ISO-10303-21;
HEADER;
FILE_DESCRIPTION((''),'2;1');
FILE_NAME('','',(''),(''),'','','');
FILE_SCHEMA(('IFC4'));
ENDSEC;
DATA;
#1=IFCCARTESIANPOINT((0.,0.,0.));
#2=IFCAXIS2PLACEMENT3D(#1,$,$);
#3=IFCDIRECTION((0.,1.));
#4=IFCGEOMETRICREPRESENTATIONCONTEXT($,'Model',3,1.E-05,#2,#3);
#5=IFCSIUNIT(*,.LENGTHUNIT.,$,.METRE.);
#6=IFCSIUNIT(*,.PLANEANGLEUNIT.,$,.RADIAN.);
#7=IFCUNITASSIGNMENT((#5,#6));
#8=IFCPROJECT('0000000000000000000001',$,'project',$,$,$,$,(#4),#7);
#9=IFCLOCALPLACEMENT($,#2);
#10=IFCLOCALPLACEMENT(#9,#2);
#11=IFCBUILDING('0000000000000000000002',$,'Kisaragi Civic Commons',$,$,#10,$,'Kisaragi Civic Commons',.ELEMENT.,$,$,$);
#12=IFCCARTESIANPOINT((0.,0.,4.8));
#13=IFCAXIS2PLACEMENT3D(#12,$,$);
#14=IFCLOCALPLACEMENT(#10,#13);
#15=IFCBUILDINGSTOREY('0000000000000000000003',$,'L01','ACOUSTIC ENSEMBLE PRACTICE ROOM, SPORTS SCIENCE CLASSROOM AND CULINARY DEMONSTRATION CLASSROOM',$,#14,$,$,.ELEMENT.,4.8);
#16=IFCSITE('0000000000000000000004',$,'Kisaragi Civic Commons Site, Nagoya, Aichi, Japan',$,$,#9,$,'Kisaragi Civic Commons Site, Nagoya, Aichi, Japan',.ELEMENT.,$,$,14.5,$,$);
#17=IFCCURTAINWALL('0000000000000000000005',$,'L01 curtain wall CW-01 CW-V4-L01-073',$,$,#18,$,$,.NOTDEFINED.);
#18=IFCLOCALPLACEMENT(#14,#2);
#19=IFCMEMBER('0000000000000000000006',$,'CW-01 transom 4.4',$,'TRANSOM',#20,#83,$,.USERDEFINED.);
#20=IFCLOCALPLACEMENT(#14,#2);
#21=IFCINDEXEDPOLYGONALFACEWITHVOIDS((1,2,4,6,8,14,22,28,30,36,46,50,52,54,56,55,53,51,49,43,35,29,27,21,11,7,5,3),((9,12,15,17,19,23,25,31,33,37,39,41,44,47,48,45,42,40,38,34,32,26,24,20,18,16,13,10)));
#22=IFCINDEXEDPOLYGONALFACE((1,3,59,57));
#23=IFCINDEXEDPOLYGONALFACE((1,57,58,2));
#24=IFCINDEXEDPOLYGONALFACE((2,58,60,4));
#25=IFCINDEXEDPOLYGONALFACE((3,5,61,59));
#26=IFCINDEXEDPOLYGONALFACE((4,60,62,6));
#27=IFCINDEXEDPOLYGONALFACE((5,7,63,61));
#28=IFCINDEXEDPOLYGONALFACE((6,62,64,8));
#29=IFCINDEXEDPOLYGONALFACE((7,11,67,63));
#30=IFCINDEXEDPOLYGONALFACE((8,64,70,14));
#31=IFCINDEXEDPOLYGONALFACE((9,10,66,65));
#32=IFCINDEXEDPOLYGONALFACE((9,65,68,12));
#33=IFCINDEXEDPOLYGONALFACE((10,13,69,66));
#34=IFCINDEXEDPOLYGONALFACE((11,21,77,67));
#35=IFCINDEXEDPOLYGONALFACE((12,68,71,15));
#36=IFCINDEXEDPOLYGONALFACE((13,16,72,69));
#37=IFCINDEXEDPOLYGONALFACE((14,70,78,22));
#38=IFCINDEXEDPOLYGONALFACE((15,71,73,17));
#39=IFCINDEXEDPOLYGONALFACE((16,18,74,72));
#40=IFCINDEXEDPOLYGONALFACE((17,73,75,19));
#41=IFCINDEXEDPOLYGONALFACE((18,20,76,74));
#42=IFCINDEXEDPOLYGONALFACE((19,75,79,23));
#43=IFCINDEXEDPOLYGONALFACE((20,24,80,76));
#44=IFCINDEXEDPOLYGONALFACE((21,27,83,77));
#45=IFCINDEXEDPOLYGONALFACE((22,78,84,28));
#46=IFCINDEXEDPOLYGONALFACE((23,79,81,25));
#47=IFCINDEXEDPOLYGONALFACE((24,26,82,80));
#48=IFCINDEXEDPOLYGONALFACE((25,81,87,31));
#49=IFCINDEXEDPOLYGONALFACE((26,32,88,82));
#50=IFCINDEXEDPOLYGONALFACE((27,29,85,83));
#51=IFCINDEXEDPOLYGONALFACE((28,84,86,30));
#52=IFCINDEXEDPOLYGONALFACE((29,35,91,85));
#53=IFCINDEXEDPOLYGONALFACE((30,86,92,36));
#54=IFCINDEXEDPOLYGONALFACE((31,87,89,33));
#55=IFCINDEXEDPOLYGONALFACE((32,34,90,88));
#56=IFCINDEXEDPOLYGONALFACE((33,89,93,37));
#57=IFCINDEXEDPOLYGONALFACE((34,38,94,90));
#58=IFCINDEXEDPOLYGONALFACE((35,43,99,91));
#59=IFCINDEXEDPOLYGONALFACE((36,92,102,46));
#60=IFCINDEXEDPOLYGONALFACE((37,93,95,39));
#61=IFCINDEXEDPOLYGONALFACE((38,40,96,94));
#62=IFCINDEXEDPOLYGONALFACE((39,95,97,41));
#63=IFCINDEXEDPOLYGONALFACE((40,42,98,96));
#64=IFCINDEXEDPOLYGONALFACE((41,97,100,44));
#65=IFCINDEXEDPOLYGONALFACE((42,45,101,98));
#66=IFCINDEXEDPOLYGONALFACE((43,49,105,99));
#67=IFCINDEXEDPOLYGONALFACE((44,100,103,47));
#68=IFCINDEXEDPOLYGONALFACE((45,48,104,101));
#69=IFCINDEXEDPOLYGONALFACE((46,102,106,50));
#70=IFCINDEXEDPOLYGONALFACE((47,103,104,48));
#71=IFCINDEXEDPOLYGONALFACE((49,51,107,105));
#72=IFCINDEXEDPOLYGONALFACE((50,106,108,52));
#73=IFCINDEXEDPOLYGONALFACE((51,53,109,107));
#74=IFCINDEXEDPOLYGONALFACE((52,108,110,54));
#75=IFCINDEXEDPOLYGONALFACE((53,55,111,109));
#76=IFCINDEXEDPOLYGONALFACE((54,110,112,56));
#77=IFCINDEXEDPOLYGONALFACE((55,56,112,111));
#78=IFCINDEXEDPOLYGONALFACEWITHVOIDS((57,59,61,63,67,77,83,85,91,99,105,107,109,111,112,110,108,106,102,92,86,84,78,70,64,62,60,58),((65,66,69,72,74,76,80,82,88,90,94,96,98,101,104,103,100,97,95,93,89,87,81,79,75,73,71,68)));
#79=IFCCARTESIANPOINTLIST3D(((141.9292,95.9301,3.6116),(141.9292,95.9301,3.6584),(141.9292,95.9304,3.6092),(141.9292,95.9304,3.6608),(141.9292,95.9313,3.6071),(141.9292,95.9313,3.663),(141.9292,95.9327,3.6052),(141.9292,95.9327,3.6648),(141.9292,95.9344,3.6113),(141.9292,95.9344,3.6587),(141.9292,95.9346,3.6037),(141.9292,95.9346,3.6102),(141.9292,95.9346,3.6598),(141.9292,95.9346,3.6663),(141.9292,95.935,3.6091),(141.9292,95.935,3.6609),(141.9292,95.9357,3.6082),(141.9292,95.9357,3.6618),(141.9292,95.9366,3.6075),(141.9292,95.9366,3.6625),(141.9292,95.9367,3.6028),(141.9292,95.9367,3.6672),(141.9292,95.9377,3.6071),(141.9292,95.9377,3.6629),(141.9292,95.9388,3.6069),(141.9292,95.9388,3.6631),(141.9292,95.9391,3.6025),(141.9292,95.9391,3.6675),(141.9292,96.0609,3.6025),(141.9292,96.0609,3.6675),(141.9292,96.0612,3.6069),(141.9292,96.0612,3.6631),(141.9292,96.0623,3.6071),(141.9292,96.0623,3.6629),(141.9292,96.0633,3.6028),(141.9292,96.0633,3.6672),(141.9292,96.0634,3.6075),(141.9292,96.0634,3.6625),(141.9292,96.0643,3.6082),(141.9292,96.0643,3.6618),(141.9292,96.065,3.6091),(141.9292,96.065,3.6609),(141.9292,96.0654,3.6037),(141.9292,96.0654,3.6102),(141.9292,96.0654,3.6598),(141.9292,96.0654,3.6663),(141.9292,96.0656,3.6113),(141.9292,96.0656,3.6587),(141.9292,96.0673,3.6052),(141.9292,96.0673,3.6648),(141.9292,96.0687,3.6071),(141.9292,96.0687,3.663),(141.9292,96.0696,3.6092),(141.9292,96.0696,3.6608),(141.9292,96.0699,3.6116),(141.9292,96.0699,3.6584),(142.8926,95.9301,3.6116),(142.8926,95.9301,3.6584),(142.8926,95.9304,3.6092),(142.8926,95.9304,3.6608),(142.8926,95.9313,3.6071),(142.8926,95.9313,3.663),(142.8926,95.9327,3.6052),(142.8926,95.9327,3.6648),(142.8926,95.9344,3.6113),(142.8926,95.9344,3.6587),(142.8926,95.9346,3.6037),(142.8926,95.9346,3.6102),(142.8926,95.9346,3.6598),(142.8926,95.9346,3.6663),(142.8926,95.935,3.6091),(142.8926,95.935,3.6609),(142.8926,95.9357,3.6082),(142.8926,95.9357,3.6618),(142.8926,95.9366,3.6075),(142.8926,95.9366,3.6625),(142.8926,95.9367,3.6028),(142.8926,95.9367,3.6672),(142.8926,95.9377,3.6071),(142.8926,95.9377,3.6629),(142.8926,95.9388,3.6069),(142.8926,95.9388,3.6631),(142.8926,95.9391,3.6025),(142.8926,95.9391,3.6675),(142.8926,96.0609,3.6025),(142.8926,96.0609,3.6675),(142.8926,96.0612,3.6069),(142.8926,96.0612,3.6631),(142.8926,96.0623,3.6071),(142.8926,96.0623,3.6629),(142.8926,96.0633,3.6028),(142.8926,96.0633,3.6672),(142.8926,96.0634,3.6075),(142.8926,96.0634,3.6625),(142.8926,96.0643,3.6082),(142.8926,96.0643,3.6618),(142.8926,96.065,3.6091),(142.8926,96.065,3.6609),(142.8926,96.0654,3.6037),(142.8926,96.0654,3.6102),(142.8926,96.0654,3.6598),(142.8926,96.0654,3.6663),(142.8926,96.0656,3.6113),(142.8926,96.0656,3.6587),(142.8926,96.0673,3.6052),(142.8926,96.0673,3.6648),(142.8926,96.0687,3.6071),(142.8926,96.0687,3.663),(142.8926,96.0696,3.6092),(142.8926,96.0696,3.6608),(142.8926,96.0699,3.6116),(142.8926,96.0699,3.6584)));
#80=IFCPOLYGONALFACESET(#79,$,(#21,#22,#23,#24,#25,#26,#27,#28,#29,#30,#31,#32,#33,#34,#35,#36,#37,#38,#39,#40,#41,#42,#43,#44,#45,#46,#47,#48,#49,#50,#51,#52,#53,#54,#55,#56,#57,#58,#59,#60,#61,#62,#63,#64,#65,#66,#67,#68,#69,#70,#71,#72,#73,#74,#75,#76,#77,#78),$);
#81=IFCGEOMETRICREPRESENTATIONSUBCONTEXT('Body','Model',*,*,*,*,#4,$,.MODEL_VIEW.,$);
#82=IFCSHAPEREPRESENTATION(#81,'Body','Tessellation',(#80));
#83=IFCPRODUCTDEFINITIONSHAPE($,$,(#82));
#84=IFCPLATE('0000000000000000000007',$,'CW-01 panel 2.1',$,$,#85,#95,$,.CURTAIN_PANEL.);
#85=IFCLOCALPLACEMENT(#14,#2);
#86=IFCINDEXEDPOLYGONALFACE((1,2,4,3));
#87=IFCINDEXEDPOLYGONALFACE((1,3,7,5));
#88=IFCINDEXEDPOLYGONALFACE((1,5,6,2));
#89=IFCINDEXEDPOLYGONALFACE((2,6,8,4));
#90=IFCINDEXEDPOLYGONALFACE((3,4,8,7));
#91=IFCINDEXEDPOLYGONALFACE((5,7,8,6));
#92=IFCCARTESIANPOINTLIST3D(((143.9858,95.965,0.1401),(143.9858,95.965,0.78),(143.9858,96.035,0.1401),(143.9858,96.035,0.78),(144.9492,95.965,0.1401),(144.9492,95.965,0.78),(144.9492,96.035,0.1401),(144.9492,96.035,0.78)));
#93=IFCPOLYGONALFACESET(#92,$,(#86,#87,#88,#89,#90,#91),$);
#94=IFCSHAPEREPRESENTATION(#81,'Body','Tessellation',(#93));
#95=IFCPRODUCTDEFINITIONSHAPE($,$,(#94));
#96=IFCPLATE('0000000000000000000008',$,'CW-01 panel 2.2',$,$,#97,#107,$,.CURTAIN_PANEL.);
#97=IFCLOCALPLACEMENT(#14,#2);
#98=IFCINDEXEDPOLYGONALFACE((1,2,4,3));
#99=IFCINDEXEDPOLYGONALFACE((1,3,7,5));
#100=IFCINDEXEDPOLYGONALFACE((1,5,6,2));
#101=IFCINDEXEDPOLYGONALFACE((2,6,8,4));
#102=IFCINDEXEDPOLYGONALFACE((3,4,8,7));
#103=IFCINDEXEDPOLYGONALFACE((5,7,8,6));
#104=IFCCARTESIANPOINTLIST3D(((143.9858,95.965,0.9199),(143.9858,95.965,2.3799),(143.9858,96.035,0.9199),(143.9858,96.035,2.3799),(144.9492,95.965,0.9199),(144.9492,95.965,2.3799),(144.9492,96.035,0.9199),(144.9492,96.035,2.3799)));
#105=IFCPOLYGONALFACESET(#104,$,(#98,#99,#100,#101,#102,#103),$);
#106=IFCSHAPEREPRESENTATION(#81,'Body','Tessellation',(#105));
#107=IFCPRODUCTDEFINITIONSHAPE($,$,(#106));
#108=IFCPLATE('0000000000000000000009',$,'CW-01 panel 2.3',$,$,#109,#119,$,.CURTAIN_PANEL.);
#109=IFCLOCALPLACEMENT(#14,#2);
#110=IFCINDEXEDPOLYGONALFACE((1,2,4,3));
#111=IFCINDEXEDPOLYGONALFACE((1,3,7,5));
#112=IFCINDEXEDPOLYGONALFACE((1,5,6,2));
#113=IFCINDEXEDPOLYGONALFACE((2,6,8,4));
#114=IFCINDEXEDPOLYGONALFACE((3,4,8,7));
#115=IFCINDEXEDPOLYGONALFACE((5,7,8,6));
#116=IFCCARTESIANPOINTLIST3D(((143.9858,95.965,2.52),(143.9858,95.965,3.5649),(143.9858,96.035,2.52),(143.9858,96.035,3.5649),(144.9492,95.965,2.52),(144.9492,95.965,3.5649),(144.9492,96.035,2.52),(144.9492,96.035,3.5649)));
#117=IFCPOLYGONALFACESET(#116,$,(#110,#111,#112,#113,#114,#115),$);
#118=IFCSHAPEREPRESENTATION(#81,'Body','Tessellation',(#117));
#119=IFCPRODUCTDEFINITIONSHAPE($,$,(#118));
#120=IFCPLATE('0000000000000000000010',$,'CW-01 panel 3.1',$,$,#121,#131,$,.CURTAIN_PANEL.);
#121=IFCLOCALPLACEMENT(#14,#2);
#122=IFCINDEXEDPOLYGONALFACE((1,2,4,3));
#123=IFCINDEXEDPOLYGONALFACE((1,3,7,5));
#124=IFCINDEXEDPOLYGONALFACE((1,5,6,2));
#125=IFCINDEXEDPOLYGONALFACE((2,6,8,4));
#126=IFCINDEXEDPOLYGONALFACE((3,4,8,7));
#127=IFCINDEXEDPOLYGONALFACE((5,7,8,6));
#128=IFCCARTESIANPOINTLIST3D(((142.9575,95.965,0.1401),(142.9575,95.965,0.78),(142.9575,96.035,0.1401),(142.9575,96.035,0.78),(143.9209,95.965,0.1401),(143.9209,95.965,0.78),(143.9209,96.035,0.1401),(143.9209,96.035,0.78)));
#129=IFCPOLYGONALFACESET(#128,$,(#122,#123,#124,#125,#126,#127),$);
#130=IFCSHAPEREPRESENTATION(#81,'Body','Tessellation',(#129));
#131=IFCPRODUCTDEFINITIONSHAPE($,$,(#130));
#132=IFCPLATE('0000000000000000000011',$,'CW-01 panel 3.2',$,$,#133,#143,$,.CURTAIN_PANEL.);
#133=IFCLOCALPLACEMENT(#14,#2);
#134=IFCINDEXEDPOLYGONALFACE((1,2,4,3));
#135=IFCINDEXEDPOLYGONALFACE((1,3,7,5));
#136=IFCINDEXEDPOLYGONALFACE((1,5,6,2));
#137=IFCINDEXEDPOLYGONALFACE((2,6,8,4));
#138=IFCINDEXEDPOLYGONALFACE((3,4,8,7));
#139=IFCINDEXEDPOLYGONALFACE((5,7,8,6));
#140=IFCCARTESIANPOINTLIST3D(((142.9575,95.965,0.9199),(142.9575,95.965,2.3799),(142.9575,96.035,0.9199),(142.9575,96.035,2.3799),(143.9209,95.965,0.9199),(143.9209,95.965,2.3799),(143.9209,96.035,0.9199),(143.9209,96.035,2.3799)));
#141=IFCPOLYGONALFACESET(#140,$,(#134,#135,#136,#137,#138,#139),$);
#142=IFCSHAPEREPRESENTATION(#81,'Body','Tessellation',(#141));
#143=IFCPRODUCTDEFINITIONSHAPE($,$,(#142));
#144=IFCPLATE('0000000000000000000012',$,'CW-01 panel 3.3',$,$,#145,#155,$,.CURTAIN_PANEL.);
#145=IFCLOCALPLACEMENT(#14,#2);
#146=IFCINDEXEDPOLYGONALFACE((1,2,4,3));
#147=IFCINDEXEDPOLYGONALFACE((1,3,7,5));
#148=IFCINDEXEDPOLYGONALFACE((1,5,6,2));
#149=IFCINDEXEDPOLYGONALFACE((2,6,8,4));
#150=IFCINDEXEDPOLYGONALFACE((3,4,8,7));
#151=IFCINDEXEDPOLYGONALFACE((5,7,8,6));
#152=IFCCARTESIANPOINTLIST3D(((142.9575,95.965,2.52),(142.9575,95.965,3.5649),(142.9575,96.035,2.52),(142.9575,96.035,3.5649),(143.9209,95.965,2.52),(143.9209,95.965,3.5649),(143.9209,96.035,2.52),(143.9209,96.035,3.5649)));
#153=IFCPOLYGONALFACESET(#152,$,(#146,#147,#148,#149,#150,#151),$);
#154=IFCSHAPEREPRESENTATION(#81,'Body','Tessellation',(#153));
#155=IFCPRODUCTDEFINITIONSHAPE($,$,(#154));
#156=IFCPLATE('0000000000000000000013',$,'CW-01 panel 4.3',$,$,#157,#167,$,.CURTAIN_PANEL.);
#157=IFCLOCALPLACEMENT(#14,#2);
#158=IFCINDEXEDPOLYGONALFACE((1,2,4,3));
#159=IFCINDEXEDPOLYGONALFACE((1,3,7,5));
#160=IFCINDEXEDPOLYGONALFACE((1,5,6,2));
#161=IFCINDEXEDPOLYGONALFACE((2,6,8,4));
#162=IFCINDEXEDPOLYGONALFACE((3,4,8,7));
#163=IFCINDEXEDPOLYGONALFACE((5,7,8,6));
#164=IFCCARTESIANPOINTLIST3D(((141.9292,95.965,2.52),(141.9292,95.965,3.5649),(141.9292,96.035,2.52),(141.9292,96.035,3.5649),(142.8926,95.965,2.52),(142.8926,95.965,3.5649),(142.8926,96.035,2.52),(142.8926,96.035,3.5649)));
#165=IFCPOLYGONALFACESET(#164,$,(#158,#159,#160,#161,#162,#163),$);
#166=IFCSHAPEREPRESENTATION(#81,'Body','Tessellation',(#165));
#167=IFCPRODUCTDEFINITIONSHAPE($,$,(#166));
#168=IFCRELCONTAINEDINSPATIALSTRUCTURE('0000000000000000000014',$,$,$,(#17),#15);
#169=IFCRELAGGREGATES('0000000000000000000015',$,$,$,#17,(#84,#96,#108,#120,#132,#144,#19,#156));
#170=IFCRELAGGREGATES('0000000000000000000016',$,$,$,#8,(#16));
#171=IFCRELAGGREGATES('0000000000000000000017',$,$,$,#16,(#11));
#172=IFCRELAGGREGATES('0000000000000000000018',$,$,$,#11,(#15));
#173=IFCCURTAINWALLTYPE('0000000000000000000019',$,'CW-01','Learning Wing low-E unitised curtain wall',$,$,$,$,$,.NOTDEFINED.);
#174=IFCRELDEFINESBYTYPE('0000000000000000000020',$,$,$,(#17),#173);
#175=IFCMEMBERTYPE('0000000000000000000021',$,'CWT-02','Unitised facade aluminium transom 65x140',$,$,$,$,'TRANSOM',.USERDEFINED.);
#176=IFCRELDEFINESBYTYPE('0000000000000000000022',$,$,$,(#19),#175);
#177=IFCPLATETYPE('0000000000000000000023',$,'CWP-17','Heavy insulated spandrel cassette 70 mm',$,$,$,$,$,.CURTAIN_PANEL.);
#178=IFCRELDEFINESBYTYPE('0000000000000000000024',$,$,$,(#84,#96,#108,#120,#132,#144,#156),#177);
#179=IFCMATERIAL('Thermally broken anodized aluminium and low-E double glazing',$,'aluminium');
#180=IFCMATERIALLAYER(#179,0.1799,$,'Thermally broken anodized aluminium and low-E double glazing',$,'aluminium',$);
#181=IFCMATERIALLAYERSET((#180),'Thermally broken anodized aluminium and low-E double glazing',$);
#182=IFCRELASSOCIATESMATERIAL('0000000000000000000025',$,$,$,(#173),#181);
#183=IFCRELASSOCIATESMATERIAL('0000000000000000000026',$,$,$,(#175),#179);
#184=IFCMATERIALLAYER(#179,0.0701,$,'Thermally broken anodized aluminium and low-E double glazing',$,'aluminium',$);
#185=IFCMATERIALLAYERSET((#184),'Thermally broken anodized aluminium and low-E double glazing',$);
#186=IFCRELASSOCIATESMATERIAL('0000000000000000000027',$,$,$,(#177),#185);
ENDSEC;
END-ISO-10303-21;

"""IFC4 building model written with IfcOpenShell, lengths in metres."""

from ifc_helpers import new_model, si_unit, direction, frame, origin, origin_2d, place, context, subcontext, project, spatial, rectangle, hollow_rectangle, extrude, material, layer, layer_set, material_profile, profile_set, type_object, element, aggregate, save


model = new_model("IFC4")

# Units and contexts
model_context = context("Model", 3, precision=1e-05, world=origin(), true_north=direction((0.0, 1.0)))
body_context = subcontext(model_context, "Body", "Model", "MODEL_VIEW")
ifc_project = project(units=[si_unit("LENGTHUNIT", "METRE"), si_unit("PLANEANGLEUNIT", "RADIAN")], contexts=[model_context])

# Site, building, storey
site_placement = place(None, origin())
site = spatial("IfcSite", under=ifc_project, at=site_placement, Name="Kisaragi Civic Commons Site, Nagoya, Aichi, Japan", LongName="Kisaragi Civic Commons Site, Nagoya, Aichi, Japan", CompositionType="ELEMENT", RefElevation=14.5)
building_placement = place(site_placement, origin())
building = spatial("IfcBuilding", under=site, at=building_placement, Name="Kisaragi Civic Commons", LongName="Kisaragi Civic Commons", CompositionType="ELEMENT")
storey_placement = place(building_placement, frame((0.0, 0.0, 4.8)))
storey = spatial("IfcBuildingStorey", under=building, at=storey_placement, Name="L01", Description="ACOUSTIC ENSEMBLE PRACTICE ROOM, SPORTS SCIENCE CLASSROOM AND CULINARY DEMONSTRATION CLASSROOM", CompositionType="ELEMENT", Elevation=4.8)

# Curtain wall, member, plates
ifc_material = material(Name="Thermally broken anodized aluminium and low-E double glazing", Category="aluminium")
ifc_layer_1 = layer(ifc_material, 0.1799, Name="Thermally broken anodized aluminium and low-E double glazing", Category="aluminium")
ifc_layer_set_1 = layer_set([ifc_layer_1], Name="Thermally broken anodized aluminium and low-E double glazing")
curtain_wall_type = type_object("IfcCurtainWallType", Name="CW-01", Description="Learning Wing low-E unitised curtain wall", PredefinedType="NOTDEFINED", material=ifc_layer_set_1)
curtain_wall_placement = place(storey_placement, origin())
curtain_wall = element("IfcCurtainWall", 1, at=curtain_wall_placement, inside=storey, type_object=curtain_wall_type, Name="L01 curtain wall CW-01 CW-V4-L01-073", PredefinedType="NOTDEFINED")
ifc_material_profile_1 = material_profile(ifc_material, hollow_rectangle(XDim=0.1399, YDim=0.0649, WallThickness=0.0044, InnerFilletRadius=0.0044, OuterFilletRadius=0.009, at=origin_2d()), Name="CWT-65x140x4.5", Category="aluminium")
ifc_profile_set_1 = profile_set([ifc_material_profile_1], Name="Thermally broken anodized aluminium and low-E double glazing")
member_type_1 = type_object("IfcMemberType", Name="CWT-02", Description="Unitised facade aluminium transom 65x140", ElementType="TRANSOM", PredefinedType="USERDEFINED", material=ifc_profile_set_1)
member_1_placement = place(storey_placement, frame((142.8926, 96.0, 3.635), z_axis=(-1.0, 0.0, 0.0), x_axis=(0.0, -1.0, 0.0)))
member_1 = element("IfcMember", 2, at=member_1_placement, type_object=member_type_1, Name="CW-01 transom 4.4", ObjectType="TRANSOM", PredefinedType="USERDEFINED", context=body_context, shape_type="SweptSolid", body=[
    extrude(hollow_rectangle(XDim=0.1399, YDim=0.0649, WallThickness=0.0044, InnerFilletRadius=0.0044, OuterFilletRadius=0.009, at=origin_2d()), origin(), (0.0, 0.0, 1.0), 0.9634),
])
ifc_layer_2 = layer(ifc_material, 0.0701, Name="Thermally broken anodized aluminium and low-E double glazing", Category="aluminium")
ifc_layer_set_2 = layer_set([ifc_layer_2], Name="Thermally broken anodized aluminium and low-E double glazing")
plate_type = type_object("IfcPlateType", Name="CWP-17", Description="Heavy insulated spandrel cassette 70 mm", PredefinedType="CURTAIN_PANEL", material=ifc_layer_set_2)
plate_1_placement = place(storey_placement, frame((144.4675, 96.0, 0.1401), z_axis=(0.0, 0.0, 1.0), x_axis=(-1.0, 0.0, 0.0)))
plate_1 = element("IfcPlate", 3, at=plate_1_placement, type_object=plate_type, Name="CW-01 panel 2.1", PredefinedType="CURTAIN_PANEL", context=body_context, shape_type="SweptSolid", body=[
    extrude(rectangle(XDim=0.9634, YDim=0.0701, at=origin_2d()), origin(), (0.0, 0.0, 1.0), 0.6399),
])
plate_2_placement = place(storey_placement, frame((144.4675, 96.0, 0.9199), z_axis=(0.0, 0.0, 1.0), x_axis=(-1.0, 0.0, 0.0)))
plate_2 = element("IfcPlate", 4, at=plate_2_placement, type_object=plate_type, Name="CW-01 panel 2.2", PredefinedType="CURTAIN_PANEL", context=body_context, shape_type="SweptSolid", body=[
    extrude(rectangle(XDim=0.9634, YDim=0.0701, at=origin_2d()), origin(), (0.0, 0.0, 1.0), 1.46),
])
plate_3_placement = place(storey_placement, frame((144.4675, 96.0, 2.52), z_axis=(0.0, 0.0, 1.0), x_axis=(-1.0, 0.0, 0.0)))
plate_3 = element("IfcPlate", 5, at=plate_3_placement, type_object=plate_type, Name="CW-01 panel 2.3", PredefinedType="CURTAIN_PANEL", context=body_context, shape_type="SweptSolid", body=[
    extrude(rectangle(XDim=0.9634, YDim=0.0701, at=origin_2d()), origin(), (0.0, 0.0, 1.0), 1.0449),
])
plate_4_placement = place(storey_placement, frame((143.4392, 96.0, 0.1401), z_axis=(0.0, 0.0, 1.0), x_axis=(-1.0, 0.0, 0.0)))
plate_4 = element("IfcPlate", 6, at=plate_4_placement, type_object=plate_type, Name="CW-01 panel 3.1", PredefinedType="CURTAIN_PANEL", context=body_context, shape_type="SweptSolid", body=[
    extrude(rectangle(XDim=0.9634, YDim=0.0701, at=origin_2d()), origin(), (0.0, 0.0, 1.0), 0.6399),
])
plate_5_placement = place(storey_placement, frame((143.4392, 96.0, 0.9199), z_axis=(0.0, 0.0, 1.0), x_axis=(-1.0, 0.0, 0.0)))
plate_5 = element("IfcPlate", 7, at=plate_5_placement, type_object=plate_type, Name="CW-01 panel 3.2", PredefinedType="CURTAIN_PANEL", context=body_context, shape_type="SweptSolid", body=[
    extrude(rectangle(XDim=0.9634, YDim=0.0701, at=origin_2d()), origin(), (0.0, 0.0, 1.0), 1.46),
])
plate_6_placement = place(storey_placement, frame((143.4392, 96.0, 2.52), z_axis=(0.0, 0.0, 1.0), x_axis=(-1.0, 0.0, 0.0)))
plate_6 = element("IfcPlate", 8, at=plate_6_placement, type_object=plate_type, Name="CW-01 panel 3.3", PredefinedType="CURTAIN_PANEL", context=body_context, shape_type="SweptSolid", body=[
    extrude(rectangle(XDim=0.9634, YDim=0.0701, at=origin_2d()), origin(), (0.0, 0.0, 1.0), 1.0449),
])
plate_7_placement = place(storey_placement, frame((142.4109, 96.0, 2.52), z_axis=(0.0, 0.0, 1.0), x_axis=(-1.0, 0.0, 0.0)))
plate_7 = element("IfcPlate", 9, at=plate_7_placement, type_object=plate_type, Name="CW-01 panel 4.3", PredefinedType="CURTAIN_PANEL", context=body_context, shape_type="SweptSolid", body=[
    extrude(rectangle(XDim=0.9634, YDim=0.0701, at=origin_2d()), origin(), (0.0, 0.0, 1.0), 1.0449),
])
aggregate(curtain_wall, [plate_1, plate_2, plate_3, plate_4, plate_5, plate_6, member_1, plate_7])

save(model, "model.ifc")
